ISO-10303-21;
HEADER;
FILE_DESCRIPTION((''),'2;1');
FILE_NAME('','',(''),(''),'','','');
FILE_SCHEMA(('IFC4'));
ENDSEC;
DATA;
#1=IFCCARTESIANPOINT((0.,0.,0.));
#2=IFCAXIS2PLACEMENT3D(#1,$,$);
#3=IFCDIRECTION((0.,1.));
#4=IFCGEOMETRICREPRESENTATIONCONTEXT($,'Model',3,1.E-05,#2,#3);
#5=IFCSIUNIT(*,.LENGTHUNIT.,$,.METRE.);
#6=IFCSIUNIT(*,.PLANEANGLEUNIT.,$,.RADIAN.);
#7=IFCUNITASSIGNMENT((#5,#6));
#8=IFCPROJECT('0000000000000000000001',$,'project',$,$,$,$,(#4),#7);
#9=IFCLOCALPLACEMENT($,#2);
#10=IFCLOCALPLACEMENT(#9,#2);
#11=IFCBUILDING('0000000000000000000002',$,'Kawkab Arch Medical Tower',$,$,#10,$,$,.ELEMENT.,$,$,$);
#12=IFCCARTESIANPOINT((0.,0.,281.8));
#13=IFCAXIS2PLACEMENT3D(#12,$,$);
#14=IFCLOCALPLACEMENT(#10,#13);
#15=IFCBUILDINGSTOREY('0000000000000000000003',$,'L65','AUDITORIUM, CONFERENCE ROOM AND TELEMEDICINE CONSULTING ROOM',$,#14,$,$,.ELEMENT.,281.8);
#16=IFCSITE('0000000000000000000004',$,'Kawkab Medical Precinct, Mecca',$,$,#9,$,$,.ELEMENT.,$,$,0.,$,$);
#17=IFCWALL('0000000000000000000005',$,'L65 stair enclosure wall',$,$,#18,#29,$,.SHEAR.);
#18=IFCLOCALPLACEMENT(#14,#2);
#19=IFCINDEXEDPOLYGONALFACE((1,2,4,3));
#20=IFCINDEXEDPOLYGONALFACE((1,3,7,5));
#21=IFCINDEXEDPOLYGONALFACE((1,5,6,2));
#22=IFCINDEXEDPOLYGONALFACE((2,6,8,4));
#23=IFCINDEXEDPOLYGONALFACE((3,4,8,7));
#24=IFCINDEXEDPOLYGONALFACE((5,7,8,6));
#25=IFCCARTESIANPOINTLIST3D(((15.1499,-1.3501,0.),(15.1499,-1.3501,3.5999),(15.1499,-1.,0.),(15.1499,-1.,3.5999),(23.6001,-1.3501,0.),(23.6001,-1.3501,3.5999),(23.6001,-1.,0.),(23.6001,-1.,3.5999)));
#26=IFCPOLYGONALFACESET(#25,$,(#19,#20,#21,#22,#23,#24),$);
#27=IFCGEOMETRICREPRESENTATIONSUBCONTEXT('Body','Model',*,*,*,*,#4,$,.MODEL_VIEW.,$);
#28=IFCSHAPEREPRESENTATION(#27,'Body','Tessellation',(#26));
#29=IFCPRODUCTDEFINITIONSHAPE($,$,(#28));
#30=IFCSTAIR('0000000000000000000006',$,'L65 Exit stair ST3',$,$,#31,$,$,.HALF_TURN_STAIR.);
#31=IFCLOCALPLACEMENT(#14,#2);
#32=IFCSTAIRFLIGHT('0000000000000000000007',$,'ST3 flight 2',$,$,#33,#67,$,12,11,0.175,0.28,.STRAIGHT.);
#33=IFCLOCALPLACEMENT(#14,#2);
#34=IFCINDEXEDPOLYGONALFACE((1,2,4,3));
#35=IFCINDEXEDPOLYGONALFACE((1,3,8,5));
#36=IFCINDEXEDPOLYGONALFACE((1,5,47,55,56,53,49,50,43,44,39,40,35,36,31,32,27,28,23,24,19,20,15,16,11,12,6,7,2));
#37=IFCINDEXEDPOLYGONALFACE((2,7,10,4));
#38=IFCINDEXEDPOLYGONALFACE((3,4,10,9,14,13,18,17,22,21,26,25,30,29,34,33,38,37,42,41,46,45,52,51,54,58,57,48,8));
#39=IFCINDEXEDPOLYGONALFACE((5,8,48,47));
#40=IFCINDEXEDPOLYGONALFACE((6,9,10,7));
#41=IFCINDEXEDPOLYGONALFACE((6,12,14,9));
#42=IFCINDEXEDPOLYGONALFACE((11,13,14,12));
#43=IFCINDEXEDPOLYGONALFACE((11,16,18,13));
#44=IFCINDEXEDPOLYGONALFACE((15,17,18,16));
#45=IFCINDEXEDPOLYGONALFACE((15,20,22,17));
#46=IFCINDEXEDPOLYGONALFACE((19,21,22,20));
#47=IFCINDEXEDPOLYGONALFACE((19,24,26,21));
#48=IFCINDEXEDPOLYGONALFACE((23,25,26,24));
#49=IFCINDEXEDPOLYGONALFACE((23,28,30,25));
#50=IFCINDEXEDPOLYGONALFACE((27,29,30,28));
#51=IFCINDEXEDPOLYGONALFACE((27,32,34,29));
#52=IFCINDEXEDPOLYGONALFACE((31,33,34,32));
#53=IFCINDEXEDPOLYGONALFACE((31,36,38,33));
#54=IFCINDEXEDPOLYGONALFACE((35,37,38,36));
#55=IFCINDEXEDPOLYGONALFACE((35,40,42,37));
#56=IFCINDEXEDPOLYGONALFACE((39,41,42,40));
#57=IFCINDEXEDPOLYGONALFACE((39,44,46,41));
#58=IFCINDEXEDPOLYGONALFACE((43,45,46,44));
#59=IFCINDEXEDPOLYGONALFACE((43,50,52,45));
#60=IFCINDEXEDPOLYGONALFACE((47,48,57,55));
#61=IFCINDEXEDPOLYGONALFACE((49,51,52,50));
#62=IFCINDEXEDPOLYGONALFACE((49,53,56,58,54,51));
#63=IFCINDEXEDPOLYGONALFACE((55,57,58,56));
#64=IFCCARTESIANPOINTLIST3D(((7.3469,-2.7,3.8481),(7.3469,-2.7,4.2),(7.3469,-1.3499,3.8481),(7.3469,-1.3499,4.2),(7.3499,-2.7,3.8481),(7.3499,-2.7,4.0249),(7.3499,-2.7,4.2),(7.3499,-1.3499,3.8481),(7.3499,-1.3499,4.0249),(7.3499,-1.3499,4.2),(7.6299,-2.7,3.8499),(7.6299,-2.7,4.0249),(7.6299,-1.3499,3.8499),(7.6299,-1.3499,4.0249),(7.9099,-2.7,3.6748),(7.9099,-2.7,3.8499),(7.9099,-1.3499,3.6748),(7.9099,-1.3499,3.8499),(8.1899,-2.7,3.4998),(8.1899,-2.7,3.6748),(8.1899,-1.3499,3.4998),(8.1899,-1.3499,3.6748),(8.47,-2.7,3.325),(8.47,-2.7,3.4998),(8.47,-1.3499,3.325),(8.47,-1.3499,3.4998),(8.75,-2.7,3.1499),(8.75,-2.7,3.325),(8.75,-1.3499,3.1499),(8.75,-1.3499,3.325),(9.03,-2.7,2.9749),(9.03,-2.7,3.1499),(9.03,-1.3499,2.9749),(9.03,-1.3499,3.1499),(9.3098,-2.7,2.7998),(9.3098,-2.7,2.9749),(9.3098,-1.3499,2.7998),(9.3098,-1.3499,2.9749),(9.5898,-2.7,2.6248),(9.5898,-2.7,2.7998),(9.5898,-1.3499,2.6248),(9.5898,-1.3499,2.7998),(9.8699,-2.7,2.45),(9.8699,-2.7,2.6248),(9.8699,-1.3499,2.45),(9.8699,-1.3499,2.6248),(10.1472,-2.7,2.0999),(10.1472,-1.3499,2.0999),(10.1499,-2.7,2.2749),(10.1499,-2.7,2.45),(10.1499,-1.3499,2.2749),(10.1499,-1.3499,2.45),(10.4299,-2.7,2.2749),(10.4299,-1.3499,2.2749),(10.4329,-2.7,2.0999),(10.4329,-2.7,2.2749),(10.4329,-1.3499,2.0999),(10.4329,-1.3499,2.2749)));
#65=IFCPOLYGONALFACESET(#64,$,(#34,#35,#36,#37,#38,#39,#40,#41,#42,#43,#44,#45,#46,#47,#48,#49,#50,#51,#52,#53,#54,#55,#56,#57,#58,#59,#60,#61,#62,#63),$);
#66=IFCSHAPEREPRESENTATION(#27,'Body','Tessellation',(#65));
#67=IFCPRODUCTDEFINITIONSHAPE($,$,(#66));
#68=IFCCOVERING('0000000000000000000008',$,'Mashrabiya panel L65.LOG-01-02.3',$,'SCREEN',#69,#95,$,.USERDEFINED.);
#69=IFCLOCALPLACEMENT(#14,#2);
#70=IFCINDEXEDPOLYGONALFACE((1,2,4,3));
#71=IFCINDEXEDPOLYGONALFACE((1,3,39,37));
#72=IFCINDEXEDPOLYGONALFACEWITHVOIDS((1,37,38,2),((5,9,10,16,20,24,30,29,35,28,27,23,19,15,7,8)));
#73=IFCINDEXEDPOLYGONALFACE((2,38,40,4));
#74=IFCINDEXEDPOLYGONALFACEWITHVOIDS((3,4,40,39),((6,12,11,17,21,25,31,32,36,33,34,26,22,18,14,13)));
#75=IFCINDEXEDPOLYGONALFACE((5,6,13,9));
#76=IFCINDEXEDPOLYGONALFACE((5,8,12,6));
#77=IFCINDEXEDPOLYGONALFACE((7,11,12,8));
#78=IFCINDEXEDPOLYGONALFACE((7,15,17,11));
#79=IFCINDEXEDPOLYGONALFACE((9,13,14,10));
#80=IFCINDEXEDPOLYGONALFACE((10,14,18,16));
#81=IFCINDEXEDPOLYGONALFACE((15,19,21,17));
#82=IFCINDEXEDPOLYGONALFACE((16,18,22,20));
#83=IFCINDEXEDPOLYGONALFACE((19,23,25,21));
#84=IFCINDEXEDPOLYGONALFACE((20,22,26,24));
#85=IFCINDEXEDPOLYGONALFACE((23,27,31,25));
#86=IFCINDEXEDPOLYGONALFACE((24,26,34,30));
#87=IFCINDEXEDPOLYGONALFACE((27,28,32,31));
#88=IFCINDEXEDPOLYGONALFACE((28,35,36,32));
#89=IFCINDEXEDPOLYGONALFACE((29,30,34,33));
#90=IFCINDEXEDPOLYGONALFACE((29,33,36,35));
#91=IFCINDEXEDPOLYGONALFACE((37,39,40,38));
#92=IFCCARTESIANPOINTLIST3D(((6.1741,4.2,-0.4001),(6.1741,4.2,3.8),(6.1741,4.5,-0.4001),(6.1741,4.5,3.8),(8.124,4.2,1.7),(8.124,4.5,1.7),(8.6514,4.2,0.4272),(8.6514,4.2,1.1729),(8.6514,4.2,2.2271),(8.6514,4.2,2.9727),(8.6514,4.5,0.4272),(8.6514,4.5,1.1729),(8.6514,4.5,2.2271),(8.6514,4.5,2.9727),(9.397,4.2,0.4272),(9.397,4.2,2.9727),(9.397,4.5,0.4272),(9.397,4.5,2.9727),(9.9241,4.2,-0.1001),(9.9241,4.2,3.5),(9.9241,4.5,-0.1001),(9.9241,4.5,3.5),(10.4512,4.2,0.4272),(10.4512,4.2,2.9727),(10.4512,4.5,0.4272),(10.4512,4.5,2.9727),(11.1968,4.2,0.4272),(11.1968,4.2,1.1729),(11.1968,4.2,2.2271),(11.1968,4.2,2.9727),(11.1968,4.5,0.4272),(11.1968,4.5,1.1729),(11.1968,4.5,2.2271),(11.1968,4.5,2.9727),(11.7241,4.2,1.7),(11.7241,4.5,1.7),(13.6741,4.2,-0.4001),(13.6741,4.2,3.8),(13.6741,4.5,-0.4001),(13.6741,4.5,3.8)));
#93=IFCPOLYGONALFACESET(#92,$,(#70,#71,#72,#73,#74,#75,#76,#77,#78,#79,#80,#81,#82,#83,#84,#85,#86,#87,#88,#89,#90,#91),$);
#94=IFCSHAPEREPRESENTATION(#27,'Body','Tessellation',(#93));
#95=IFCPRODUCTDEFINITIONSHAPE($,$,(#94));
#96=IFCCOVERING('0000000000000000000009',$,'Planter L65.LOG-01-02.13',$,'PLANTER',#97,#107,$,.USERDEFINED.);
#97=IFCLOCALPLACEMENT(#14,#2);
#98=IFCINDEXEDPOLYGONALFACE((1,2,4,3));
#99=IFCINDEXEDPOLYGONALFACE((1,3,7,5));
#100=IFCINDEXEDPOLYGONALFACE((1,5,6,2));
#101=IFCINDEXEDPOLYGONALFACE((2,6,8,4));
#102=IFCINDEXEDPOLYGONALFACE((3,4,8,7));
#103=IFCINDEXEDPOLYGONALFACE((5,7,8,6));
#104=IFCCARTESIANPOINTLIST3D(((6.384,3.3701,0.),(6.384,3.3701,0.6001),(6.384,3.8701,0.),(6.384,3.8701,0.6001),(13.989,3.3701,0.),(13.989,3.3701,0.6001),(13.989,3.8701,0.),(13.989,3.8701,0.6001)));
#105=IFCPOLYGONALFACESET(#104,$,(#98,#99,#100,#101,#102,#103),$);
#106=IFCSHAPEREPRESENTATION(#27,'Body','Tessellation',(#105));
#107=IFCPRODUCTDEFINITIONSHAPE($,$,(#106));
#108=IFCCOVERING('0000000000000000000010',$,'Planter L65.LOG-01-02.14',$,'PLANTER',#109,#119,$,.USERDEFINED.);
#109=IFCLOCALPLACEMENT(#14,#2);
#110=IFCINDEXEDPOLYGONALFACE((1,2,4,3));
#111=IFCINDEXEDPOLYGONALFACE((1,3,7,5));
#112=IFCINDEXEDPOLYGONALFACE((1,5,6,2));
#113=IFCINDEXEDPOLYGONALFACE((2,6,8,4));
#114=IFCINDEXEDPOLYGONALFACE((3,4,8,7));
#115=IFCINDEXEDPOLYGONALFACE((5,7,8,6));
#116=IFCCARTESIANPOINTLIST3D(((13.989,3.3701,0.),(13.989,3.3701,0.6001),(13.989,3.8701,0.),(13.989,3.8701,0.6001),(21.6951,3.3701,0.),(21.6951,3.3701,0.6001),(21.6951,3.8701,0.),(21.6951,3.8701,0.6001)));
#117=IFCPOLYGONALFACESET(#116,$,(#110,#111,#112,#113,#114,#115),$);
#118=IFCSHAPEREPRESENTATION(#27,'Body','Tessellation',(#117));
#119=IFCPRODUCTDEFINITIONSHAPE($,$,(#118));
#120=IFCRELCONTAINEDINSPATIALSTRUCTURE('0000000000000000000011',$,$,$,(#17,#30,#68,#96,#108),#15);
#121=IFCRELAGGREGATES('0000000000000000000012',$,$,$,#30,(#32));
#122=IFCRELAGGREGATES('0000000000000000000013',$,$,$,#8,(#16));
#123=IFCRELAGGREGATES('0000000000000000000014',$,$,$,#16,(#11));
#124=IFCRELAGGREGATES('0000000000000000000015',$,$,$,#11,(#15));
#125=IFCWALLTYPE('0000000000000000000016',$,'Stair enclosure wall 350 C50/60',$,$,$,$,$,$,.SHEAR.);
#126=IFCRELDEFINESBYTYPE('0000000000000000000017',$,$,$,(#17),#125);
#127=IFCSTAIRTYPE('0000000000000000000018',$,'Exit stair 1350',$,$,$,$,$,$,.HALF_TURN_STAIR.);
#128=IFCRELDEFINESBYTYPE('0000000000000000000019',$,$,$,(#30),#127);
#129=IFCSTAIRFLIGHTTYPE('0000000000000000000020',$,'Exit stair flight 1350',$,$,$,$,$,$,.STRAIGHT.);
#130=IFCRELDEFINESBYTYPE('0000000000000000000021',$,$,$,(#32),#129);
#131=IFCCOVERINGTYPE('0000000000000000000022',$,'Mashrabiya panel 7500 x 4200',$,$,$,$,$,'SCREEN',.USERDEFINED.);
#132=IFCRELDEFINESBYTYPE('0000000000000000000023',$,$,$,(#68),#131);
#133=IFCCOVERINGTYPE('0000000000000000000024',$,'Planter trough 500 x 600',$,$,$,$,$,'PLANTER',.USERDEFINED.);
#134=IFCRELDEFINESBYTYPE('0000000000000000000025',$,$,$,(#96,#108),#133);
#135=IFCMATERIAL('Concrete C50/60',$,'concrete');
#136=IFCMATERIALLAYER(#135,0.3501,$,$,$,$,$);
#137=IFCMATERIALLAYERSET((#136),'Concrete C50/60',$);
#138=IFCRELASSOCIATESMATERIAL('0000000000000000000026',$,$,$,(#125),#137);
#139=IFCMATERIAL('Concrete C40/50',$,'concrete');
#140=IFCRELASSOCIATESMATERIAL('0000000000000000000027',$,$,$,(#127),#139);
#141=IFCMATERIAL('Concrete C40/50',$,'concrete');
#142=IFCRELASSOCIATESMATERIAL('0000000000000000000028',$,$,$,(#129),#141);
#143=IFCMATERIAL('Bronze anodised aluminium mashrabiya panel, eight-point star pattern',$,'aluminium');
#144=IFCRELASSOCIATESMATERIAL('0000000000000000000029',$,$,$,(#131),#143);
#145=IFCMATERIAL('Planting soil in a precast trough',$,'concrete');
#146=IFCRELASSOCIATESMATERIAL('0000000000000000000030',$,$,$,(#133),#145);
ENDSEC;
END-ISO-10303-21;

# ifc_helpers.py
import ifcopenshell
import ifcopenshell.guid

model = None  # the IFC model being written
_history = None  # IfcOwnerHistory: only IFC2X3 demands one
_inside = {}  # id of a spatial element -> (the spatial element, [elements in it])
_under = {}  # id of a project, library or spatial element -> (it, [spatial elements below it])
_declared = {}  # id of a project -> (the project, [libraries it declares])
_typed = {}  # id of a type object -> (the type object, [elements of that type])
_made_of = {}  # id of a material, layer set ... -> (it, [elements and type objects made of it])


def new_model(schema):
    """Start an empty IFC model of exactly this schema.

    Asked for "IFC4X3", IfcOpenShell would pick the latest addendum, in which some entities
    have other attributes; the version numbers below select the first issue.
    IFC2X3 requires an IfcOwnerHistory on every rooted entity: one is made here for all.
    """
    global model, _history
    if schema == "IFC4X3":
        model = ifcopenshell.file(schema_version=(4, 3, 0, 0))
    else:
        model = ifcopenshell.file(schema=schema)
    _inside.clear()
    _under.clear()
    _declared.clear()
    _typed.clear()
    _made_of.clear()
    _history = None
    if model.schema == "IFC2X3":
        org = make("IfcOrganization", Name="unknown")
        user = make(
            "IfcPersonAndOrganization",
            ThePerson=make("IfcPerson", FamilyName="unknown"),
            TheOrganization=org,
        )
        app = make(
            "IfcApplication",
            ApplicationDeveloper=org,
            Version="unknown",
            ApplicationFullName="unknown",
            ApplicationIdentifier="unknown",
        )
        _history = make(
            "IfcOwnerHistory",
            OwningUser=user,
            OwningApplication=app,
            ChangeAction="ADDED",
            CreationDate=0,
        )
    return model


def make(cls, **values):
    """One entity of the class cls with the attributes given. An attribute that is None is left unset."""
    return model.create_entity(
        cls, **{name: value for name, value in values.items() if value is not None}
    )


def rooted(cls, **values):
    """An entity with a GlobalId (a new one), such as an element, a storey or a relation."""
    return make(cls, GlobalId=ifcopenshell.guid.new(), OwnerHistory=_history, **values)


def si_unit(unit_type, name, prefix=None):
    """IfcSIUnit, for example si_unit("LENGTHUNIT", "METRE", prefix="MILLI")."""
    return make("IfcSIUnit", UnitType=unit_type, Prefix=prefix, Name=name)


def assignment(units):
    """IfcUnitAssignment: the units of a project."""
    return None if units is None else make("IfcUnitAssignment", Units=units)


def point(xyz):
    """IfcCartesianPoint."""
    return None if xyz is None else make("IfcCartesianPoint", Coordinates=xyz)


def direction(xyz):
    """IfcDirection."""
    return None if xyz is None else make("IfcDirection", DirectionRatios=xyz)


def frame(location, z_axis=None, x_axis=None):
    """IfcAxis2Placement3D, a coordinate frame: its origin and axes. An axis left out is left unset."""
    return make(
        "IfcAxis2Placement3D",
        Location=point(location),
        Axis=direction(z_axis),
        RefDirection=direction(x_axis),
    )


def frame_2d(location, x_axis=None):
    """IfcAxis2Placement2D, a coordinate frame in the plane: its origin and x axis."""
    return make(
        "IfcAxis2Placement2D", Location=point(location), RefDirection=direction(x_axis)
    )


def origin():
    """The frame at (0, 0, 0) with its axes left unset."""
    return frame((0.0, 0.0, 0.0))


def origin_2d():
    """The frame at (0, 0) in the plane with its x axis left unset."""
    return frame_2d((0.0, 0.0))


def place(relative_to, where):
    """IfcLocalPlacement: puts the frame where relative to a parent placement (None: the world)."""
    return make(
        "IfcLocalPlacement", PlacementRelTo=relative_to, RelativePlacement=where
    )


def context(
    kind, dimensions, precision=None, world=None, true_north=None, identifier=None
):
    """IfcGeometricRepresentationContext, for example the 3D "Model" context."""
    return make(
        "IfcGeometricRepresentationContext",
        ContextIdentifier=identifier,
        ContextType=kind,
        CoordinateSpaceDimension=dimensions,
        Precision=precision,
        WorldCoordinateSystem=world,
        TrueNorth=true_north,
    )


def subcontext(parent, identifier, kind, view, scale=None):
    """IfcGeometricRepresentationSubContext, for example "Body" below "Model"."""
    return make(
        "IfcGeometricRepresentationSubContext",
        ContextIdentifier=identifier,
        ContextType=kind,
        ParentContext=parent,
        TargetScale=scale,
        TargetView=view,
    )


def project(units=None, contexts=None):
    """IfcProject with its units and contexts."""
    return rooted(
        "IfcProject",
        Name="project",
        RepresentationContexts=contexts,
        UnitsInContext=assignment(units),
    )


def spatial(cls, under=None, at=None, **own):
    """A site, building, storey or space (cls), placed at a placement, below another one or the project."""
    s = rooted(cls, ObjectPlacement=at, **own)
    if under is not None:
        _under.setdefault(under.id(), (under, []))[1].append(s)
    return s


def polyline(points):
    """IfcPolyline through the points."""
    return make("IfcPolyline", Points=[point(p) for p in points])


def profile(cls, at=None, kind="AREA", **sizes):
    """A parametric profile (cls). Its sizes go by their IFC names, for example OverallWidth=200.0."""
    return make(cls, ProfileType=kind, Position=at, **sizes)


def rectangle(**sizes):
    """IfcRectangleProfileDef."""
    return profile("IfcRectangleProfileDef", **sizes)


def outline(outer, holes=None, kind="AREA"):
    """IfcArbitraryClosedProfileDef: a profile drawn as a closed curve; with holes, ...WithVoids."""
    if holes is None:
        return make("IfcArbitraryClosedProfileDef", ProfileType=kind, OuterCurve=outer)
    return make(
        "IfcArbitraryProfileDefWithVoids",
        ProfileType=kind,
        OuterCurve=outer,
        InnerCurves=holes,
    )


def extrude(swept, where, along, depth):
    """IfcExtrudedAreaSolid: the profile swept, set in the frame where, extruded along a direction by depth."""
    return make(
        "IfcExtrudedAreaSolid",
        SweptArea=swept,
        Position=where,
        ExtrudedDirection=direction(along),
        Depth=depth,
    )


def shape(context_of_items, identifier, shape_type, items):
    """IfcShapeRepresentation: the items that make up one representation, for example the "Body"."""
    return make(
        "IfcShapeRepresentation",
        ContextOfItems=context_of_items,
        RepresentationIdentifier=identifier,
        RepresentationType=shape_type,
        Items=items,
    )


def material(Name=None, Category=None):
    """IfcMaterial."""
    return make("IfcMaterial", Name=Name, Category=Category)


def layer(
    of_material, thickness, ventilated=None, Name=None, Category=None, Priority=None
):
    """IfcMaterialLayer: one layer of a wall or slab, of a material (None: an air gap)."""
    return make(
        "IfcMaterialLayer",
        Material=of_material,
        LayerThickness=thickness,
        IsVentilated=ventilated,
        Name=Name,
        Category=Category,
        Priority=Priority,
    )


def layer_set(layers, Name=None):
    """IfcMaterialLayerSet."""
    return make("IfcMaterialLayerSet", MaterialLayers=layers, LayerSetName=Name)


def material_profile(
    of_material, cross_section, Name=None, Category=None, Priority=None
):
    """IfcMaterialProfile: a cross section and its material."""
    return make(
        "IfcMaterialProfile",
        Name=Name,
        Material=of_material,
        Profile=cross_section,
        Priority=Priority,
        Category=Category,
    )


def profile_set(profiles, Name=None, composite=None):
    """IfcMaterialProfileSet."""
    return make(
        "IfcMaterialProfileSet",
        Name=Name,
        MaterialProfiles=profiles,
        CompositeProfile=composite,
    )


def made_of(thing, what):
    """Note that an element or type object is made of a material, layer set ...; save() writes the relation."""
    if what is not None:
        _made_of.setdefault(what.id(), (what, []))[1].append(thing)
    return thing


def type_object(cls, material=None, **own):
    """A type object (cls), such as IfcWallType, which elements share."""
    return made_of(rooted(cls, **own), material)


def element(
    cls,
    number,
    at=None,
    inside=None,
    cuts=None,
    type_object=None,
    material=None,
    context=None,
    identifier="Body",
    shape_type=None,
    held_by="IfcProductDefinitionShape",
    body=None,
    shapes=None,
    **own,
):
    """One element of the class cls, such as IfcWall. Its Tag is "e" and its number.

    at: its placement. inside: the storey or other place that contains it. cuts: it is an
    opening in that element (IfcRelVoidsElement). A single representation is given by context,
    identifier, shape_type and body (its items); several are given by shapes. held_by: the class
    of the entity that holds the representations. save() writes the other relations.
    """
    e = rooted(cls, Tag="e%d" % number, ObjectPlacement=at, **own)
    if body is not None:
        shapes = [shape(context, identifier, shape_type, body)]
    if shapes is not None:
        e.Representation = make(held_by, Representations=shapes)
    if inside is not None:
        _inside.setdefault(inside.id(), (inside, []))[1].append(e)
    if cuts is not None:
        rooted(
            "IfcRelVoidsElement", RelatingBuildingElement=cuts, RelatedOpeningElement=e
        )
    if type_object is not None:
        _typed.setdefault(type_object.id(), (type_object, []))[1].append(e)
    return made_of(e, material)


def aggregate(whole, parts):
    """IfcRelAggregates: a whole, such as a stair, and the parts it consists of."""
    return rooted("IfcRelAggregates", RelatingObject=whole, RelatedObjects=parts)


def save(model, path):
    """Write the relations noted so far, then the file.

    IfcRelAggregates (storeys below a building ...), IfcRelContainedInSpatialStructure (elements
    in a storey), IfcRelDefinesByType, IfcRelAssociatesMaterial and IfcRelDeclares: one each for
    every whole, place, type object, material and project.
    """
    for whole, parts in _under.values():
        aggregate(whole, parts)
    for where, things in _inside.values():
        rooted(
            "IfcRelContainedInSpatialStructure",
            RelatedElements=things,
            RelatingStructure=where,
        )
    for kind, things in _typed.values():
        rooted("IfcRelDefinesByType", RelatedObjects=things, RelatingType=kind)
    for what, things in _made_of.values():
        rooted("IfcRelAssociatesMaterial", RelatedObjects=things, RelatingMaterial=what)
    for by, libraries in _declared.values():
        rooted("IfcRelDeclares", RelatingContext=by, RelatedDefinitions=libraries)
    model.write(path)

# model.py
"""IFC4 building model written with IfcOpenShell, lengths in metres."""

from ifc_helpers import new_model, si_unit, direction, frame, frame_2d, origin, origin_2d, place, context, subcontext, project, spatial, polyline, rectangle, outline, extrude, material, layer, layer_set, material_profile, profile_set, type_object, element, aggregate, save


model = new_model("IFC4")

# Units and contexts
model_context = context("Model", 3, precision=1e-05, world=origin(), true_north=direction((0.0, 1.0)))
body_context = subcontext(model_context, "Body", "Model", "MODEL_VIEW")
ifc_project = project(units=[si_unit("LENGTHUNIT", "METRE"), si_unit("PLANEANGLEUNIT", "RADIAN")], contexts=[model_context])

# Site, building, storey
site_placement = place(None, origin())
site = spatial("IfcSite", under=ifc_project, at=site_placement, Name="Kawkab Medical Precinct, Mecca", CompositionType="ELEMENT", RefElevation=0.0)
building_placement = place(site_placement, origin())
building = spatial("IfcBuilding", under=site, at=building_placement, Name="Kawkab Arch Medical Tower", CompositionType="ELEMENT")
storey_placement = place(building_placement, frame((0.0, 0.0, 281.8)))
storey = spatial("IfcBuildingStorey", under=building, at=storey_placement, Name="L65", Description="AUDITORIUM, CONFERENCE ROOM AND TELEMEDICINE CONSULTING ROOM", CompositionType="ELEMENT", Elevation=281.8)

# Shared definitions
placement = place(storey_placement, origin())

# Wall
ifc_material_1 = material(Name="Concrete C50/60", Category="concrete")
ifc_layer_1 = layer(ifc_material_1, 0.3501)
ifc_layer_set_1 = layer_set([ifc_layer_1], Name="Concrete C50/60")
wall_type = type_object("IfcWallType", Name="Stair enclosure wall 350 C50/60", PredefinedType="SHEAR", material=ifc_layer_set_1)
wall_1_placement = place(storey_placement, frame((15.1499, -1.175, 0.0), z_axis=(0.0, 0.0, 1.0), x_axis=(1.0, 0.0, 0.0)))
element("IfcWall", 1, at=wall_1_placement, inside=storey, type_object=wall_type, Name="L65 stair enclosure wall", PredefinedType="SHEAR", context=body_context, shape_type="SweptSolid", body=[
    extrude(rectangle(XDim=8.4502, YDim=0.3501, at=frame_2d((4.2251, 0.0))), origin(), (0.0, 0.0, 1.0), 3.5999),
])

# Stair, stair flight
ifc_material_2 = material(Name="Concrete C40/50", Category="concrete")
stair_type = type_object("IfcStairType", Name="Exit stair 1350", PredefinedType="HALF_TURN_STAIR", material=ifc_material_2)
stair = element("IfcStair", 2, at=placement, inside=storey, type_object=stair_type, Name="L65 Exit stair ST3", PredefinedType="HALF_TURN_STAIR")
ifc_material_3 = material(Name="Concrete C40/50", Category="concrete")
stair_flight_type = type_object("IfcStairFlightType", Name="Exit stair flight 1350", PredefinedType="STRAIGHT", material=ifc_material_3)
stair_flight_placement = place(storey_placement, frame((10.4299, -2.0249, 2.0999), z_axis=(0.0, 0.0, 1.0), x_axis=(-1.0, 0.0, 0.0)))
stair_flight = element("IfcStairFlight", 3, at=stair_flight_placement, type_object=stair_flight_type, Name="ST3 flight 2", NumberOfRisers=12, NumberOfTreads=11, PredefinedType="STRAIGHT", RiserHeight=0.175, TreadLength=0.28, context=body_context, shape_type="SweptSolid", body=[
    extrude(outline(polyline([(-0.0029, 0.0), (-0.0029, 0.175), (0.0, 0.175), (0.28, 0.175), (0.28, 0.3501), (0.5601, 0.3501), (0.5601, 0.5249), (0.8401, 0.5249), (0.8401, 0.7), (1.1201, 0.7), (1.1201, 0.875), (1.3999, 0.875), (1.3999, 1.05), (1.6799, 1.05), (1.6799, 1.2251), (1.96, 1.2251), (1.96, 1.3999), (2.24, 1.3999), (2.24, 1.575), (2.52, 1.575), (2.52, 1.75), (2.8, 1.75), (2.8, 1.925), (3.0801, 1.925), (3.0801, 2.1001), (3.083, 2.1001), (3.083, 1.7483), (3.0801, 1.7483), (0.2827, 0.0), (-0.0029, 0.0)])), frame((0.0, 0.675, 0.0), z_axis=(0.0, -1.0, 0.0), x_axis=(1.0, 0.0, 0.0)), (0.0, 0.0, 1.0), 1.3501),
])
aggregate(stair, [stair_flight])

# Coverings
ifc_material_4 = material(Name="Bronze anodised aluminium mashrabiya panel, eight-point star pattern", Category="aluminium")
ifc_material_profile_1 = material_profile(ifc_material_4, outline(polyline([(-3.75, -2.1001), (3.75, -2.1001), (3.75, 2.1001), (-3.75, 2.1001), (-3.75, -2.1001)]), holes=[polyline([(1.8, 0.0), (1.2727, 0.5271), (1.2727, 1.2727), (0.5271, 1.2727), (0.0, 1.8), (-0.5271, 1.2727), (-1.2727, 1.2727), (-1.2727, 0.5271), (-1.8, 0.0), (-1.2727, -0.5271), (-1.2727, -1.2727), (-0.5271, -1.2727), (0.0, -1.8), (0.5271, -1.2727), (1.2727, -1.2727), (1.2727, -0.5271), (1.8, 0.0)])]), Name="Mashrabiya panel 7500x4200")
ifc_profile_set_1 = profile_set([ifc_material_profile_1], Name="Bronze anodised aluminium mashrabiya panel, eight-point star pattern")
covering_type_1 = type_object("IfcCoveringType", Name="Mashrabiya panel 7500 x 4200", ElementType="SCREEN", PredefinedType="USERDEFINED", material=ifc_profile_set_1)
covering_1_placement = place(storey_placement, frame((9.9241, 4.2, 1.7), z_axis=(0.0, 1.0, 0.0), x_axis=(-1.0, 0.0, 0.0)))
element("IfcCovering", 4, at=covering_1_placement, inside=storey, type_object=covering_type_1, Name="Mashrabiya panel L65.LOG-01-02.3", ObjectType="SCREEN", PredefinedType="USERDEFINED", context=body_context, shape_type="SweptSolid", body=[
    extrude(outline(polyline([(-3.75, -2.1001), (3.75, -2.1001), (3.75, 2.1001), (-3.75, 2.1001), (-3.75, -2.1001)]), holes=[polyline([(1.8, 0.0), (1.2727, 0.5271), (1.2727, 1.2727), (0.5271, 1.2727), (0.0, 1.8), (-0.5271, 1.2727), (-1.2727, 1.2727), (-1.2727, 0.5271), (-1.8, 0.0), (-1.2727, -0.5271), (-1.2727, -1.2727), (-0.5271, -1.2727), (0.0, -1.8), (0.5271, -1.2727), (1.2727, -1.2727), (1.2727, -0.5271), (1.8, 0.0)])]), origin(), (0.0, 0.0, 1.0), 0.3),
])
ifc_material_5 = material(Name="Planting soil in a precast trough", Category="concrete")
ifc_material_profile_2 = material_profile(ifc_material_5, rectangle(XDim=0.5, YDim=0.6001, at=origin_2d()), Name="Trough 500x600")
ifc_profile_set_2 = profile_set([ifc_material_profile_2], Name="Planting soil in a precast trough")
covering_type_2 = type_object("IfcCoveringType", Name="Planter trough 500 x 600", ElementType="PLANTER", PredefinedType="USERDEFINED", material=ifc_profile_set_2)
covering_2_placement = place(storey_placement, frame((6.384, 3.6201, 0.3), z_axis=(1.0, 0.0, 0.0), x_axis=(0.0, 1.0, 0.0)))
element("IfcCovering", 5, at=covering_2_placement, inside=storey, type_object=covering_type_2, Name="Planter L65.LOG-01-02.13", ObjectType="PLANTER", PredefinedType="USERDEFINED", context=body_context, shape_type="SweptSolid", body=[
    extrude(rectangle(XDim=0.5, YDim=0.6001, at=origin_2d()), origin(), (0.0, 0.0, 1.0), 7.605),
])
covering_3_placement = place(storey_placement, frame((13.989, 3.6201, 0.3), z_axis=(1.0, 0.0, 0.0), x_axis=(0.0, 1.0, 0.0)))
element("IfcCovering", 6, at=covering_3_placement, inside=storey, type_object=covering_type_2, Name="Planter L65.LOG-01-02.14", ObjectType="PLANTER", PredefinedType="USERDEFINED", context=body_context, shape_type="SweptSolid", body=[
    extrude(rectangle(XDim=0.5, YDim=0.6001, at=origin_2d()), origin(), (0.0, 0.0, 1.0), 7.7061),
])

save(model, "model.ifc")
